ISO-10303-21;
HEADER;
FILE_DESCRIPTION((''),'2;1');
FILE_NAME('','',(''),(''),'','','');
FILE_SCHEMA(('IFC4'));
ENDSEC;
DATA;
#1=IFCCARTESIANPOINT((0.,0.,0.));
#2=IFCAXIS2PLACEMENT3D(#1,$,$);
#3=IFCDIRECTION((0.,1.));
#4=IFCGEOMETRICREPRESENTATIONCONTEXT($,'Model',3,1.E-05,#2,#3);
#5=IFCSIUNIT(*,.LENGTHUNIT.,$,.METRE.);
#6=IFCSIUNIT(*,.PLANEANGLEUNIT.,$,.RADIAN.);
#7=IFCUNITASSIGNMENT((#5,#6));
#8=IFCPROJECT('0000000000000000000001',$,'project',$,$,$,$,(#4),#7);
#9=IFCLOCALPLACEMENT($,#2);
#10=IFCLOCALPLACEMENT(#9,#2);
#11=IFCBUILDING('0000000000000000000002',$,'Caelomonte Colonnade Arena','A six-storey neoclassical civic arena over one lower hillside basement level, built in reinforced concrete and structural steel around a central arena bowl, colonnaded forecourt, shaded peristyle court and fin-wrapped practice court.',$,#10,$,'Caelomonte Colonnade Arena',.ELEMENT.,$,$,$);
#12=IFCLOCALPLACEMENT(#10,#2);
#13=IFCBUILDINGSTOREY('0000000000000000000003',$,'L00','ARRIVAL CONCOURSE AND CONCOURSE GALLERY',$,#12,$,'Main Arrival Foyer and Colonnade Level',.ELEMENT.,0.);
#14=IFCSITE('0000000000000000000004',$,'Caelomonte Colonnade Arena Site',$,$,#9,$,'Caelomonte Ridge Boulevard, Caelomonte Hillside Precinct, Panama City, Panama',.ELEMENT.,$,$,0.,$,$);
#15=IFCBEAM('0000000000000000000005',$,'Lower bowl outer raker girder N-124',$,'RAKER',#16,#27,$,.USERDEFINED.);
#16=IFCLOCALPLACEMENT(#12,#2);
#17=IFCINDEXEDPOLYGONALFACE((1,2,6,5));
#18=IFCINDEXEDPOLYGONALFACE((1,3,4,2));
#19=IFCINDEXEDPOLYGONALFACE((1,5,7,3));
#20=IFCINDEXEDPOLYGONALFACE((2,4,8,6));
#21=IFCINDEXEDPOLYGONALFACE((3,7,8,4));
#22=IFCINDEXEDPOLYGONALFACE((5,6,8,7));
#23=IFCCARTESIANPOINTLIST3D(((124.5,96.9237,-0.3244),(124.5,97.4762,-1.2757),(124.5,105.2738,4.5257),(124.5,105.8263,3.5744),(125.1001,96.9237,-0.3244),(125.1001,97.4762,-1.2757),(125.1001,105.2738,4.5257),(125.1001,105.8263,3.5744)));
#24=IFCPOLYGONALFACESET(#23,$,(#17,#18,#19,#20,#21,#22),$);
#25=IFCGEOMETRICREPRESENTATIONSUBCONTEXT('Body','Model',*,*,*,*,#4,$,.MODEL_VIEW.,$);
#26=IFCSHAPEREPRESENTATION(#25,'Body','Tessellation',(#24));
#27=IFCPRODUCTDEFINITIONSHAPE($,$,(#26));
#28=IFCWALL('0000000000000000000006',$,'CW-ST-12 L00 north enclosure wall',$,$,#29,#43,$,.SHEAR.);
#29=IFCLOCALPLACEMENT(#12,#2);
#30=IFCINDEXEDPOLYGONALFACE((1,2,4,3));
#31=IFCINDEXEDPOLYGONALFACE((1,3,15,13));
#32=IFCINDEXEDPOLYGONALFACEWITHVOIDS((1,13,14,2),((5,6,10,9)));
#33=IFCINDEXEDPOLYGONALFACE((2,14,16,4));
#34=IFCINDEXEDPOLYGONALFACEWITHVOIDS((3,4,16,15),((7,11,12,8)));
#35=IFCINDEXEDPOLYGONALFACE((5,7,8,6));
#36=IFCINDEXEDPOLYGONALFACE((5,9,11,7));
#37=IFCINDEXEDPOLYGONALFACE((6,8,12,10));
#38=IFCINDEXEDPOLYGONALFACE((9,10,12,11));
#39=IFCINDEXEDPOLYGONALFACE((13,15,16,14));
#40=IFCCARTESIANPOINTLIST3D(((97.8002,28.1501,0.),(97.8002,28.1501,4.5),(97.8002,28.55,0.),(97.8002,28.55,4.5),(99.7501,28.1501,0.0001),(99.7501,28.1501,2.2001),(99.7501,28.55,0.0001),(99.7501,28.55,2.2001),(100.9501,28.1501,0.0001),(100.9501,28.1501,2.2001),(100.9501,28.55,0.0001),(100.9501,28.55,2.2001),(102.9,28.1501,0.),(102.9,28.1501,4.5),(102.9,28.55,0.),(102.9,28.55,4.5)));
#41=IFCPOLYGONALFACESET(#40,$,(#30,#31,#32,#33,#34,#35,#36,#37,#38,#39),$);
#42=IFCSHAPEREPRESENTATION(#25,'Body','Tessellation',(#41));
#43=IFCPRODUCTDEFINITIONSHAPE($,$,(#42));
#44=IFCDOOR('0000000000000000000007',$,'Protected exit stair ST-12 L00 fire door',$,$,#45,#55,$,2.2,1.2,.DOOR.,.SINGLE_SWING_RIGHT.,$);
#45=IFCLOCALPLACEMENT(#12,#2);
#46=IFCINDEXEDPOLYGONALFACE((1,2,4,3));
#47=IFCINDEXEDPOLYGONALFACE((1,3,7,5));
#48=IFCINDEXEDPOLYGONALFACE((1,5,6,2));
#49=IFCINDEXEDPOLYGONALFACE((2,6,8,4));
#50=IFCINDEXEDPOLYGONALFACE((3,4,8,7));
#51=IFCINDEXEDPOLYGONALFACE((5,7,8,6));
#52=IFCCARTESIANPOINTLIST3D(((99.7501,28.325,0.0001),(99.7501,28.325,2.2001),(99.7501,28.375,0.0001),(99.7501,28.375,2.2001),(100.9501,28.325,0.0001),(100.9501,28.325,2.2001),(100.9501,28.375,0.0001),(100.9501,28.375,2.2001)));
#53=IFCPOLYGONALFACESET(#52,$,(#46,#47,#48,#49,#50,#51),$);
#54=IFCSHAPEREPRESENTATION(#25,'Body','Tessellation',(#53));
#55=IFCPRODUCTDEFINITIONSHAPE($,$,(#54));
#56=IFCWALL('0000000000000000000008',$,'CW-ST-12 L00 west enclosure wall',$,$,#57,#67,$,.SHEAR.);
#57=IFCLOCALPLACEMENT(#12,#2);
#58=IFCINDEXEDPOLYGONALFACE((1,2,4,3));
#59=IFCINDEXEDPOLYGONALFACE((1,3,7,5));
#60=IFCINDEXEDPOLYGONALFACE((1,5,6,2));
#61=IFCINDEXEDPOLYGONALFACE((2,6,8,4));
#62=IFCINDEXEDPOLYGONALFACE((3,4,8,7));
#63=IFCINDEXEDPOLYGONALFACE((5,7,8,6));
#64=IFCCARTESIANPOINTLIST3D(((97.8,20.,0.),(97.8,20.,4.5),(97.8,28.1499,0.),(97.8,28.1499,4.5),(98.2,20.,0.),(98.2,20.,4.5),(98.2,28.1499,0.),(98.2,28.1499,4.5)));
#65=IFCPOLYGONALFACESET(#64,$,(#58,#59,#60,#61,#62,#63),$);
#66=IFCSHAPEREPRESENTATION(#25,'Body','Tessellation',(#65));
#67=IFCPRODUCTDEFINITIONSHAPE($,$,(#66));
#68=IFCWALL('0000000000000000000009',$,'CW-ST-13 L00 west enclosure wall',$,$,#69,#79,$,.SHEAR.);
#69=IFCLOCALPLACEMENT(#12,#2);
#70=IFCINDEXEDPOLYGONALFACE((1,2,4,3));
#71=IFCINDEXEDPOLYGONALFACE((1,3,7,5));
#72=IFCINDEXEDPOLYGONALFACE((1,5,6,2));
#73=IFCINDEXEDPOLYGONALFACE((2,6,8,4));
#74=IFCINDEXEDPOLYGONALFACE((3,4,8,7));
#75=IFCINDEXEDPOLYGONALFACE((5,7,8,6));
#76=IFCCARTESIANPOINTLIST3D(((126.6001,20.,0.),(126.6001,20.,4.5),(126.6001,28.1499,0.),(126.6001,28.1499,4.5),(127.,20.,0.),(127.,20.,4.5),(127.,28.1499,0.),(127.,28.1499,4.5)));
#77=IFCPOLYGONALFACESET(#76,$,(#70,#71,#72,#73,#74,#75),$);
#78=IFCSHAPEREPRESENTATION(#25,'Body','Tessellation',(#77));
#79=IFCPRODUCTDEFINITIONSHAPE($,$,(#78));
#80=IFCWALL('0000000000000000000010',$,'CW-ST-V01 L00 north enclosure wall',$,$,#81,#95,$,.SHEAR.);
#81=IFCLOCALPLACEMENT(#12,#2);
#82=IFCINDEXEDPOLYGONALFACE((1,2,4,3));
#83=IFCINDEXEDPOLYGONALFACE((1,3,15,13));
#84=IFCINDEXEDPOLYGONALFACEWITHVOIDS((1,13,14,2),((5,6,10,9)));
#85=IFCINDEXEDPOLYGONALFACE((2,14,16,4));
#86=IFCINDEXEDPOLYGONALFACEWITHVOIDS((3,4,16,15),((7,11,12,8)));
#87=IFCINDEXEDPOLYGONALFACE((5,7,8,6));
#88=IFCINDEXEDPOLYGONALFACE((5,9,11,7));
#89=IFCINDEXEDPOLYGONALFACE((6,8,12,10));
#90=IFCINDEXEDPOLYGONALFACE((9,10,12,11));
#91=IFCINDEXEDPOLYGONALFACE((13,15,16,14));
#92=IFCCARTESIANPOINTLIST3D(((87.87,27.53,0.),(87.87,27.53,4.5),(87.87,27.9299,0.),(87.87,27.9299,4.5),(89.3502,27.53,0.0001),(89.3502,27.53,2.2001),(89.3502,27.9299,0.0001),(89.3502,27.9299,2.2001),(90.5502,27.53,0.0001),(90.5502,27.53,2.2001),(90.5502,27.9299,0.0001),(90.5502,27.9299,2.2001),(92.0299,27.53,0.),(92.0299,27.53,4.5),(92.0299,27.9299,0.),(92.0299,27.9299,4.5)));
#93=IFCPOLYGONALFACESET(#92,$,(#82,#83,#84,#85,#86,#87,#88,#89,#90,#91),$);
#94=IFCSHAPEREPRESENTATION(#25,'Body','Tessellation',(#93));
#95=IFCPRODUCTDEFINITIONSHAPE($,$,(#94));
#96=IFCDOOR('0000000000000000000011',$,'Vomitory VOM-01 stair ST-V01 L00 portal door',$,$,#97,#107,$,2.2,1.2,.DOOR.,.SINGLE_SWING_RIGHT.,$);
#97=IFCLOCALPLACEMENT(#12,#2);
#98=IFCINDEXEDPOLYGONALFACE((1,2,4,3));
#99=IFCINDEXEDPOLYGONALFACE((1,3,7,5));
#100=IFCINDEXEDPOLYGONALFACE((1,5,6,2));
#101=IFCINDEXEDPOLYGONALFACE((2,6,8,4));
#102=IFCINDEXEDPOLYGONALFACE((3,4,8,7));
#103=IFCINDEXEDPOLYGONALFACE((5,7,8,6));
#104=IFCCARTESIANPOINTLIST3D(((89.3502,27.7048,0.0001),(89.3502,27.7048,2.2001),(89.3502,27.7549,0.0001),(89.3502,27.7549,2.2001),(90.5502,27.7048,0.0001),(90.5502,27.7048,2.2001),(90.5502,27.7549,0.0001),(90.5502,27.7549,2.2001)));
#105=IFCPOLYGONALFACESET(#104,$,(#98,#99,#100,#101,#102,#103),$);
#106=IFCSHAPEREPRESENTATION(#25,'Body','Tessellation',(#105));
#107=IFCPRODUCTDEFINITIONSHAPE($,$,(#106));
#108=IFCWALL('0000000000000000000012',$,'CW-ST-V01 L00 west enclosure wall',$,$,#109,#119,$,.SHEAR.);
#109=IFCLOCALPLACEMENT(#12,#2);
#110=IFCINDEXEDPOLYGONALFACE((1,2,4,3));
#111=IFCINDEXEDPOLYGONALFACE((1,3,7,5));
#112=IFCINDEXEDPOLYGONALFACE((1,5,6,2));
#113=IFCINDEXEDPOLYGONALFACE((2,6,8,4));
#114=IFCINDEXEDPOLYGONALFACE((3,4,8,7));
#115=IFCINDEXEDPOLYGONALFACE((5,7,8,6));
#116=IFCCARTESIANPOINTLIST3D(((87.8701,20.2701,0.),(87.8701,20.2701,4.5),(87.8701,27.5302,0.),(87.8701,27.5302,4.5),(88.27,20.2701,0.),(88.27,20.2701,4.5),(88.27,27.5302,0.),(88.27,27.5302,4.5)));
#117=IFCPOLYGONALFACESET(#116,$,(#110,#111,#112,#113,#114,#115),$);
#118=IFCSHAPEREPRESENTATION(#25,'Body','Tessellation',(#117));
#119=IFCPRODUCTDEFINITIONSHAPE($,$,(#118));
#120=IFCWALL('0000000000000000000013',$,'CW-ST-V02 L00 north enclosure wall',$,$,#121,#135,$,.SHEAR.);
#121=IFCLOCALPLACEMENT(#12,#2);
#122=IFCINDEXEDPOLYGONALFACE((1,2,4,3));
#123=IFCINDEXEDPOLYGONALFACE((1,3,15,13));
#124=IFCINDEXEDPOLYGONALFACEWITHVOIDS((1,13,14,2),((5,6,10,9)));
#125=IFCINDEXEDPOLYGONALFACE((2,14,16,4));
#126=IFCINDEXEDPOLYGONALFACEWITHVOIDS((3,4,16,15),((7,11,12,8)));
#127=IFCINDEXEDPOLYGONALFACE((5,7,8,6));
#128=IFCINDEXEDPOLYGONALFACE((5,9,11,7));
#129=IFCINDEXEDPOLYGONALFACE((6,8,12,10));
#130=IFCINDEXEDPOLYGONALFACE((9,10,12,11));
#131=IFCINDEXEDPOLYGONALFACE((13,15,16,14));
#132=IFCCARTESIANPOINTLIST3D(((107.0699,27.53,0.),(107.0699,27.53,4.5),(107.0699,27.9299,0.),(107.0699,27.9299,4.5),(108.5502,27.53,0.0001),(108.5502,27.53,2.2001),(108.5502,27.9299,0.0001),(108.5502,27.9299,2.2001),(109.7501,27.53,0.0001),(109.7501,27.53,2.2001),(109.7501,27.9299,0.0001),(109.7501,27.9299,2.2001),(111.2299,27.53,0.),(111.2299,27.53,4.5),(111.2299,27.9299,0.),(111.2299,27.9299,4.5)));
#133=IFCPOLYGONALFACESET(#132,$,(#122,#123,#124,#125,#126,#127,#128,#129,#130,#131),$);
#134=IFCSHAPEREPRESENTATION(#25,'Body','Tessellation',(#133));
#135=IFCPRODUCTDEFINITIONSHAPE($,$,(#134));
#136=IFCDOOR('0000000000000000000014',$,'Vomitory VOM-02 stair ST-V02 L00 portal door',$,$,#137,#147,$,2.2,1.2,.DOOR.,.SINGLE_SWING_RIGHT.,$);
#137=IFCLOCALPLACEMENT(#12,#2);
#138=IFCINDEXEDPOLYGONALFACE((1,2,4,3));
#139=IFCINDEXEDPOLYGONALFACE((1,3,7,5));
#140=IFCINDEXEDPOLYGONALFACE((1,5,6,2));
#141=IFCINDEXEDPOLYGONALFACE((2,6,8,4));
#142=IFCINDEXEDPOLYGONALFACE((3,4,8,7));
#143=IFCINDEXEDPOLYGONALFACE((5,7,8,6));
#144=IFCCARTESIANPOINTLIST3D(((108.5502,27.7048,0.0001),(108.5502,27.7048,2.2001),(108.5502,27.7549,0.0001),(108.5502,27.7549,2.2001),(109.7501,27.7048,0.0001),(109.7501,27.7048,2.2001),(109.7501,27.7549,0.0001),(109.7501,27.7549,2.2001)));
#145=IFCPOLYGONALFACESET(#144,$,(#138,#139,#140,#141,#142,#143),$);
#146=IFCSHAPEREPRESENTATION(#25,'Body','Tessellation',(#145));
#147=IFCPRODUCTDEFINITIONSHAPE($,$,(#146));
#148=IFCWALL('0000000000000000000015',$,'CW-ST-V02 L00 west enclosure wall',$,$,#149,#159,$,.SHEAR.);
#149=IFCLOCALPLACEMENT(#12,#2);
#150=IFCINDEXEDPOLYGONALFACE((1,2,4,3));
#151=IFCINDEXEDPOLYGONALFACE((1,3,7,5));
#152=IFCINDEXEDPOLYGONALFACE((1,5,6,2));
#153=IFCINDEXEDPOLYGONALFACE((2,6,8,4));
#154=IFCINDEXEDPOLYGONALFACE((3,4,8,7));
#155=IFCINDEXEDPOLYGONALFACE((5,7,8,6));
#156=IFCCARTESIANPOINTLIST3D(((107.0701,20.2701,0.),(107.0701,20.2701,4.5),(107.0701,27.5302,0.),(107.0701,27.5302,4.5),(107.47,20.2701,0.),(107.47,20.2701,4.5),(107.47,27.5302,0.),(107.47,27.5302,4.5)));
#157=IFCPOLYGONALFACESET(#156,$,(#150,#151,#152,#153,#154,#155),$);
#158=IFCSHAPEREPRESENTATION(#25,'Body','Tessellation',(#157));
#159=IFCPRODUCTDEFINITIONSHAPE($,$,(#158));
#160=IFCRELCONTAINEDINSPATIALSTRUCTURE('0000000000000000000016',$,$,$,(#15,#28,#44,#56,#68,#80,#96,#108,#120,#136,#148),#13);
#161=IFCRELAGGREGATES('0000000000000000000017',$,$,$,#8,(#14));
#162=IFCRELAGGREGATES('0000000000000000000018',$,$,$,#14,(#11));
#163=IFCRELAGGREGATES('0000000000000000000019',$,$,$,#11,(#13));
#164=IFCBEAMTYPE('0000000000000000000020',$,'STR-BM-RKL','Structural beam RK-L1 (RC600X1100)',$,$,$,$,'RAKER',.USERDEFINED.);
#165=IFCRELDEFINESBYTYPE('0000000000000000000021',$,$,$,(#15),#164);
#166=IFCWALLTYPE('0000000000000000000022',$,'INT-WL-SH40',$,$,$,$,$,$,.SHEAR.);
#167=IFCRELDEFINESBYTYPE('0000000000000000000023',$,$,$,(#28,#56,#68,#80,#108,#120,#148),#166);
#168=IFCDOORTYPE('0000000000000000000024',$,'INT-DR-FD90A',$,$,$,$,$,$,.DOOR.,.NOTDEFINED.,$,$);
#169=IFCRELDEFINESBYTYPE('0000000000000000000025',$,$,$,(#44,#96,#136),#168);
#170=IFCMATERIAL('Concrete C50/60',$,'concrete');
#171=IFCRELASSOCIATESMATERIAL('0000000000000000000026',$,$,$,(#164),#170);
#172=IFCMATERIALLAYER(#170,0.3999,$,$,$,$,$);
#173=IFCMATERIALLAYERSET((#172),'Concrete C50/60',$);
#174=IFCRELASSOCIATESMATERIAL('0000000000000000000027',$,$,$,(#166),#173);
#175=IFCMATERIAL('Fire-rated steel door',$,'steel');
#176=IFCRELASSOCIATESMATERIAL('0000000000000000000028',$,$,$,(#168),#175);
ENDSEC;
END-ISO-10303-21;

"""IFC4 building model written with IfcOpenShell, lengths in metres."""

from ifc_helpers import new_model, si_unit, direction, frame, frame_2d, origin, origin_2d, place, context, subcontext, project, spatial, rectangle, extrude, material, layer, layer_set, material_profile, profile_set, type_object, element, fill, save


model = new_model("IFC4")

# Units and contexts
model_context = context("Model", 3, precision=1e-05, world=origin(), true_north=direction((0.0, 1.0)))
body_context = subcontext(model_context, "Body", "Model", "MODEL_VIEW")
ifc_project = project(units=[si_unit("LENGTHUNIT", "METRE"), si_unit("PLANEANGLEUNIT", "RADIAN")], contexts=[model_context])

# Site, building, storey
site_placement = place(None, origin())
site = spatial("IfcSite", under=ifc_project, at=site_placement, Name="Caelomonte Colonnade Arena Site", LongName="Caelomonte Ridge Boulevard, Caelomonte Hillside Precinct, Panama City, Panama", CompositionType="ELEMENT", RefElevation=0.0)
building_placement = place(site_placement, origin())
building = spatial("IfcBuilding", under=site, at=building_placement, Name="Caelomonte Colonnade Arena", Description="A six-storey neoclassical civic arena over one lower hillside basement level, built in reinforced concrete and structural steel around a central arena bowl, colonnaded forecourt, shaded peristyle court and fin-wrapped practice court.", LongName="Caelomonte Colonnade Arena", CompositionType="ELEMENT")
storey_placement = place(building_placement, origin())
storey = spatial("IfcBuildingStorey", under=building, at=storey_placement, Name="L00", Description="ARRIVAL CONCOURSE AND CONCOURSE GALLERY", LongName="Main Arrival Foyer and Colonnade Level", CompositionType="ELEMENT", Elevation=0.0)

# Shared definitions
ifc_material_1 = material(Name="Concrete C50/60", Category="concrete")

# Beam
ifc_material_profile_1 = material_profile(ifc_material_1, rectangle(XDim=0.6001, YDim=1.1001, at=origin_2d()), Name="RC600X1100")
ifc_profile_set_1 = profile_set([ifc_material_profile_1], Name="Concrete C50/60")
beam_type_1 = type_object("IfcBeamType", Name="STR-BM-RKL", Description="Structural beam RK-L1 (RC600X1100)", ElementType="RAKER", PredefinedType="USERDEFINED", material=ifc_profile_set_1)
beam_1_placement = place(storey_placement, frame((124.8, 97.2, -0.8), z_axis=(0.0, 0.864715, 0.502264), x_axis=(-1.0, 0.0, 0.0)))
element("IfcBeam", 1, at=beam_1_placement, inside=storey, type_object=beam_type_1, Name="Lower bowl outer raker girder N-124", ObjectType="RAKER", PredefinedType="USERDEFINED", context=body_context, shape_type="SweptSolid", body=[
    extrude(rectangle(XDim=0.6001, YDim=1.1001, at=origin_2d()), origin(), (0.0, 0.0, 1.0), 9.6565),
])

# Wall, opening, door
ifc_layer = layer(ifc_material_1, 0.3999)
ifc_layer_set = layer_set([ifc_layer], Name="Concrete C50/60")
wall_type = type_object("IfcWallType", Name="INT-WL-SH40", PredefinedType="SHEAR", material=ifc_layer_set)
wall_1_placement = place(storey_placement, frame((102.8999, 28.3501, 0.0), z_axis=(0.0, 0.0, 1.0), x_axis=(-1.0, 0.0, 0.0)))
wall_1 = element("IfcWall", 2, at=wall_1_placement, inside=storey, type_object=wall_type, Name="CW-ST-12 L00 north enclosure wall", PredefinedType="SHEAR", context=body_context, shape_type="SweptSolid", body=[
    extrude(rectangle(XDim=5.0999, YDim=0.3999, at=frame_2d((2.5498, 0.0))), origin(), (0.0, 0.0, 1.0), 4.5),
])
opening_1_placement = place(wall_1_placement, frame((3.1499, 0.0, 0.0), z_axis=(0.0, 0.0, 1.0), x_axis=(-1.0, 0.0, 0.0)))
opening_1 = element("IfcOpeningElement", 3, at=opening_1_placement, cuts=wall_1, PredefinedType="OPENING", context=body_context, shape_type="SweptSolid", body=[
    extrude(rectangle(XDim=1.2, YDim=2.2, at=frame_2d((0.6001, 1.1001))), frame((0.0, 0.21, 0.0), z_axis=(0.0, -1.0, 0.0), x_axis=(1.0, 0.0, 0.0)), (0.0, 0.0, 1.0), 0.4199),
])
ifc_material_2 = material(Name="Fire-rated steel door", Category="steel")
door_type = type_object("IfcDoorType", Name="INT-DR-FD90A", OperationType="NOTDEFINED", PredefinedType="DOOR", material=ifc_material_2)
door_1_placement = place(opening_1_placement, origin())
door_1 = element("IfcDoor", 4, at=door_1_placement, inside=storey, type_object=door_type, Name="Protected exit stair ST-12 L00 fire door", OperationType="SINGLE_SWING_RIGHT", OverallHeight=2.2, OverallWidth=1.2, PredefinedType="DOOR", context=body_context, shape_type="SweptSolid", body=[
    extrude(rectangle(XDim=1.2, YDim=2.2, at=frame_2d((0.6001, 1.1001))), frame((0.0, 0.0249, 0.0), z_axis=(0.0, -1.0, 0.0), x_axis=(1.0, 0.0, 0.0)), (0.0, 0.0, 1.0), 0.05),
])
fill(opening_1, door_1)

# Walls
for number, where, z_axis, x_axis, name in (
    (5, (98.0, 28.1499, 0.0), (0.0, 0.0, 1.0), (0.0, -1.0, 0.0), "CW-ST-12 L00 west enclosure wall"),
    (6, (126.8, 28.1499, 0.0), (0.0, 0.0, 1.0), (0.0, -1.0, 0.0), "CW-ST-13 L00 west enclosure wall"),
):
    element("IfcWall", number, at=place(storey_placement, frame(where, z_axis=z_axis, x_axis=x_axis)), inside=storey, type_object=wall_type, Name=name, PredefinedType="SHEAR", context=body_context, shape_type="SweptSolid", body=[
        extrude(rectangle(XDim=8.1499, YDim=0.3999, at=frame_2d((4.075, 0.0))), origin(), (0.0, 0.0, 1.0), 4.5),
    ])

# Wall, opening, door
wall_2_placement = place(storey_placement, frame((92.03, 27.73, 0.0), z_axis=(0.0, 0.0, 1.0), x_axis=(-1.0, 0.0, 0.0)))
wall_2 = element("IfcWall", 7, at=wall_2_placement, inside=storey, type_object=wall_type, Name="CW-ST-V01 L00 north enclosure wall", PredefinedType="SHEAR", context=body_context, shape_type="SweptSolid", body=[
    extrude(rectangle(XDim=4.1599, YDim=0.3999, at=frame_2d((2.0801, 0.0))), origin(), (0.0, 0.0, 1.0), 4.5),
])
opening_2_placement = place(wall_2_placement, frame((2.6799, 0.0, 0.0), z_axis=(0.0, 0.0, 1.0), x_axis=(-1.0, 0.0, 0.0)))
opening_2 = element("IfcOpeningElement", 8, at=opening_2_placement, cuts=wall_2, PredefinedType="OPENING", context=body_context, shape_type="SweptSolid", body=[
    extrude(rectangle(XDim=1.2, YDim=2.2, at=frame_2d((0.6001, 1.1001))), frame((0.0, 0.21, 0.0), z_axis=(0.0, -1.0, 0.0), x_axis=(1.0, 0.0, 0.0)), (0.0, 0.0, 1.0), 0.4199),
])
door_2_placement = place(opening_2_placement, origin())
door_2 = element("IfcDoor", 9, at=door_2_placement, inside=storey, type_object=door_type, Name="Vomitory VOM-01 stair ST-V01 L00 portal door", OperationType="SINGLE_SWING_RIGHT", OverallHeight=2.2, OverallWidth=1.2, PredefinedType="DOOR", context=body_context, shape_type="SweptSolid", body=[
    extrude(rectangle(XDim=1.2, YDim=2.2, at=frame_2d((0.6001, 1.1001))), frame((0.0, 0.0249, 0.0), z_axis=(0.0, -1.0, 0.0), x_axis=(1.0, 0.0, 0.0)), (0.0, 0.0, 1.0), 0.05),
])
fill(opening_2, door_2)

# Wall
wall_3_placement = place(storey_placement, frame((88.0701, 27.53, 0.0), z_axis=(0.0, 0.0, 1.0), x_axis=(0.0, -1.0, 0.0)))
element("IfcWall", 10, at=wall_3_placement, inside=storey, type_object=wall_type, Name="CW-ST-V01 L00 west enclosure wall", PredefinedType="SHEAR", context=body_context, shape_type="SweptSolid", body=[
    extrude(rectangle(XDim=7.26, YDim=0.3999, at=frame_2d((3.6299, 0.0))), origin(), (0.0, 0.0, 1.0), 4.5),
])

# Wall, opening, door
wall_4_placement = place(storey_placement, frame((111.23, 27.73, 0.0), z_axis=(0.0, 0.0, 1.0), x_axis=(-1.0, 0.0, 0.0)))
wall_4 = element("IfcWall", 11, at=wall_4_placement, inside=storey, type_object=wall_type, Name="CW-ST-V02 L00 north enclosure wall", PredefinedType="SHEAR", context=body_context, shape_type="SweptSolid", body=[
    extrude(rectangle(XDim=4.1599, YDim=0.3999, at=frame_2d((2.0801, 0.0))), origin(), (0.0, 0.0, 1.0), 4.5),
])
opening_3_placement = place(wall_4_placement, frame((2.6799, 0.0, 0.0), z_axis=(0.0, 0.0, 1.0), x_axis=(-1.0, 0.0, 0.0)))
opening_3 = element("IfcOpeningElement", 12, at=opening_3_placement, cuts=wall_4, PredefinedType="OPENING", context=body_context, shape_type="SweptSolid", body=[
    extrude(rectangle(XDim=1.2, YDim=2.2, at=frame_2d((0.6001, 1.1001))), frame((0.0, 0.21, 0.0), z_axis=(0.0, -1.0, 0.0), x_axis=(1.0, 0.0, 0.0)), (0.0, 0.0, 1.0), 0.4199),
])
door_3_placement = place(opening_3_placement, origin())
door_3 = element("IfcDoor", 13, at=door_3_placement, inside=storey, type_object=door_type, Name="Vomitory VOM-02 stair ST-V02 L00 portal door", OperationType="SINGLE_SWING_RIGHT", OverallHeight=2.2, OverallWidth=1.2, PredefinedType="DOOR", context=body_context, shape_type="SweptSolid", body=[
    extrude(rectangle(XDim=1.2, YDim=2.2, at=frame_2d((0.6001, 1.1001))), frame((0.0, 0.0249, 0.0), z_axis=(0.0, -1.0, 0.0), x_axis=(1.0, 0.0, 0.0)), (0.0, 0.0, 1.0), 0.05),
])
fill(opening_3, door_3)

# Wall
wall_5_placement = place(storey_placement, frame((107.27, 27.53, 0.0), z_axis=(0.0, 0.0, 1.0), x_axis=(0.0, -1.0, 0.0)))
element("IfcWall", 14, at=wall_5_placement, inside=storey, type_object=wall_type, Name="CW-ST-V02 L00 west enclosure wall", PredefinedType="SHEAR", context=body_context, shape_type="SweptSolid", body=[
    extrude(rectangle(XDim=7.26, YDim=0.3999, at=frame_2d((3.6299, 0.0))), origin(), (0.0, 0.0, 1.0), 4.5),
])

save(model, "model.ifc")
